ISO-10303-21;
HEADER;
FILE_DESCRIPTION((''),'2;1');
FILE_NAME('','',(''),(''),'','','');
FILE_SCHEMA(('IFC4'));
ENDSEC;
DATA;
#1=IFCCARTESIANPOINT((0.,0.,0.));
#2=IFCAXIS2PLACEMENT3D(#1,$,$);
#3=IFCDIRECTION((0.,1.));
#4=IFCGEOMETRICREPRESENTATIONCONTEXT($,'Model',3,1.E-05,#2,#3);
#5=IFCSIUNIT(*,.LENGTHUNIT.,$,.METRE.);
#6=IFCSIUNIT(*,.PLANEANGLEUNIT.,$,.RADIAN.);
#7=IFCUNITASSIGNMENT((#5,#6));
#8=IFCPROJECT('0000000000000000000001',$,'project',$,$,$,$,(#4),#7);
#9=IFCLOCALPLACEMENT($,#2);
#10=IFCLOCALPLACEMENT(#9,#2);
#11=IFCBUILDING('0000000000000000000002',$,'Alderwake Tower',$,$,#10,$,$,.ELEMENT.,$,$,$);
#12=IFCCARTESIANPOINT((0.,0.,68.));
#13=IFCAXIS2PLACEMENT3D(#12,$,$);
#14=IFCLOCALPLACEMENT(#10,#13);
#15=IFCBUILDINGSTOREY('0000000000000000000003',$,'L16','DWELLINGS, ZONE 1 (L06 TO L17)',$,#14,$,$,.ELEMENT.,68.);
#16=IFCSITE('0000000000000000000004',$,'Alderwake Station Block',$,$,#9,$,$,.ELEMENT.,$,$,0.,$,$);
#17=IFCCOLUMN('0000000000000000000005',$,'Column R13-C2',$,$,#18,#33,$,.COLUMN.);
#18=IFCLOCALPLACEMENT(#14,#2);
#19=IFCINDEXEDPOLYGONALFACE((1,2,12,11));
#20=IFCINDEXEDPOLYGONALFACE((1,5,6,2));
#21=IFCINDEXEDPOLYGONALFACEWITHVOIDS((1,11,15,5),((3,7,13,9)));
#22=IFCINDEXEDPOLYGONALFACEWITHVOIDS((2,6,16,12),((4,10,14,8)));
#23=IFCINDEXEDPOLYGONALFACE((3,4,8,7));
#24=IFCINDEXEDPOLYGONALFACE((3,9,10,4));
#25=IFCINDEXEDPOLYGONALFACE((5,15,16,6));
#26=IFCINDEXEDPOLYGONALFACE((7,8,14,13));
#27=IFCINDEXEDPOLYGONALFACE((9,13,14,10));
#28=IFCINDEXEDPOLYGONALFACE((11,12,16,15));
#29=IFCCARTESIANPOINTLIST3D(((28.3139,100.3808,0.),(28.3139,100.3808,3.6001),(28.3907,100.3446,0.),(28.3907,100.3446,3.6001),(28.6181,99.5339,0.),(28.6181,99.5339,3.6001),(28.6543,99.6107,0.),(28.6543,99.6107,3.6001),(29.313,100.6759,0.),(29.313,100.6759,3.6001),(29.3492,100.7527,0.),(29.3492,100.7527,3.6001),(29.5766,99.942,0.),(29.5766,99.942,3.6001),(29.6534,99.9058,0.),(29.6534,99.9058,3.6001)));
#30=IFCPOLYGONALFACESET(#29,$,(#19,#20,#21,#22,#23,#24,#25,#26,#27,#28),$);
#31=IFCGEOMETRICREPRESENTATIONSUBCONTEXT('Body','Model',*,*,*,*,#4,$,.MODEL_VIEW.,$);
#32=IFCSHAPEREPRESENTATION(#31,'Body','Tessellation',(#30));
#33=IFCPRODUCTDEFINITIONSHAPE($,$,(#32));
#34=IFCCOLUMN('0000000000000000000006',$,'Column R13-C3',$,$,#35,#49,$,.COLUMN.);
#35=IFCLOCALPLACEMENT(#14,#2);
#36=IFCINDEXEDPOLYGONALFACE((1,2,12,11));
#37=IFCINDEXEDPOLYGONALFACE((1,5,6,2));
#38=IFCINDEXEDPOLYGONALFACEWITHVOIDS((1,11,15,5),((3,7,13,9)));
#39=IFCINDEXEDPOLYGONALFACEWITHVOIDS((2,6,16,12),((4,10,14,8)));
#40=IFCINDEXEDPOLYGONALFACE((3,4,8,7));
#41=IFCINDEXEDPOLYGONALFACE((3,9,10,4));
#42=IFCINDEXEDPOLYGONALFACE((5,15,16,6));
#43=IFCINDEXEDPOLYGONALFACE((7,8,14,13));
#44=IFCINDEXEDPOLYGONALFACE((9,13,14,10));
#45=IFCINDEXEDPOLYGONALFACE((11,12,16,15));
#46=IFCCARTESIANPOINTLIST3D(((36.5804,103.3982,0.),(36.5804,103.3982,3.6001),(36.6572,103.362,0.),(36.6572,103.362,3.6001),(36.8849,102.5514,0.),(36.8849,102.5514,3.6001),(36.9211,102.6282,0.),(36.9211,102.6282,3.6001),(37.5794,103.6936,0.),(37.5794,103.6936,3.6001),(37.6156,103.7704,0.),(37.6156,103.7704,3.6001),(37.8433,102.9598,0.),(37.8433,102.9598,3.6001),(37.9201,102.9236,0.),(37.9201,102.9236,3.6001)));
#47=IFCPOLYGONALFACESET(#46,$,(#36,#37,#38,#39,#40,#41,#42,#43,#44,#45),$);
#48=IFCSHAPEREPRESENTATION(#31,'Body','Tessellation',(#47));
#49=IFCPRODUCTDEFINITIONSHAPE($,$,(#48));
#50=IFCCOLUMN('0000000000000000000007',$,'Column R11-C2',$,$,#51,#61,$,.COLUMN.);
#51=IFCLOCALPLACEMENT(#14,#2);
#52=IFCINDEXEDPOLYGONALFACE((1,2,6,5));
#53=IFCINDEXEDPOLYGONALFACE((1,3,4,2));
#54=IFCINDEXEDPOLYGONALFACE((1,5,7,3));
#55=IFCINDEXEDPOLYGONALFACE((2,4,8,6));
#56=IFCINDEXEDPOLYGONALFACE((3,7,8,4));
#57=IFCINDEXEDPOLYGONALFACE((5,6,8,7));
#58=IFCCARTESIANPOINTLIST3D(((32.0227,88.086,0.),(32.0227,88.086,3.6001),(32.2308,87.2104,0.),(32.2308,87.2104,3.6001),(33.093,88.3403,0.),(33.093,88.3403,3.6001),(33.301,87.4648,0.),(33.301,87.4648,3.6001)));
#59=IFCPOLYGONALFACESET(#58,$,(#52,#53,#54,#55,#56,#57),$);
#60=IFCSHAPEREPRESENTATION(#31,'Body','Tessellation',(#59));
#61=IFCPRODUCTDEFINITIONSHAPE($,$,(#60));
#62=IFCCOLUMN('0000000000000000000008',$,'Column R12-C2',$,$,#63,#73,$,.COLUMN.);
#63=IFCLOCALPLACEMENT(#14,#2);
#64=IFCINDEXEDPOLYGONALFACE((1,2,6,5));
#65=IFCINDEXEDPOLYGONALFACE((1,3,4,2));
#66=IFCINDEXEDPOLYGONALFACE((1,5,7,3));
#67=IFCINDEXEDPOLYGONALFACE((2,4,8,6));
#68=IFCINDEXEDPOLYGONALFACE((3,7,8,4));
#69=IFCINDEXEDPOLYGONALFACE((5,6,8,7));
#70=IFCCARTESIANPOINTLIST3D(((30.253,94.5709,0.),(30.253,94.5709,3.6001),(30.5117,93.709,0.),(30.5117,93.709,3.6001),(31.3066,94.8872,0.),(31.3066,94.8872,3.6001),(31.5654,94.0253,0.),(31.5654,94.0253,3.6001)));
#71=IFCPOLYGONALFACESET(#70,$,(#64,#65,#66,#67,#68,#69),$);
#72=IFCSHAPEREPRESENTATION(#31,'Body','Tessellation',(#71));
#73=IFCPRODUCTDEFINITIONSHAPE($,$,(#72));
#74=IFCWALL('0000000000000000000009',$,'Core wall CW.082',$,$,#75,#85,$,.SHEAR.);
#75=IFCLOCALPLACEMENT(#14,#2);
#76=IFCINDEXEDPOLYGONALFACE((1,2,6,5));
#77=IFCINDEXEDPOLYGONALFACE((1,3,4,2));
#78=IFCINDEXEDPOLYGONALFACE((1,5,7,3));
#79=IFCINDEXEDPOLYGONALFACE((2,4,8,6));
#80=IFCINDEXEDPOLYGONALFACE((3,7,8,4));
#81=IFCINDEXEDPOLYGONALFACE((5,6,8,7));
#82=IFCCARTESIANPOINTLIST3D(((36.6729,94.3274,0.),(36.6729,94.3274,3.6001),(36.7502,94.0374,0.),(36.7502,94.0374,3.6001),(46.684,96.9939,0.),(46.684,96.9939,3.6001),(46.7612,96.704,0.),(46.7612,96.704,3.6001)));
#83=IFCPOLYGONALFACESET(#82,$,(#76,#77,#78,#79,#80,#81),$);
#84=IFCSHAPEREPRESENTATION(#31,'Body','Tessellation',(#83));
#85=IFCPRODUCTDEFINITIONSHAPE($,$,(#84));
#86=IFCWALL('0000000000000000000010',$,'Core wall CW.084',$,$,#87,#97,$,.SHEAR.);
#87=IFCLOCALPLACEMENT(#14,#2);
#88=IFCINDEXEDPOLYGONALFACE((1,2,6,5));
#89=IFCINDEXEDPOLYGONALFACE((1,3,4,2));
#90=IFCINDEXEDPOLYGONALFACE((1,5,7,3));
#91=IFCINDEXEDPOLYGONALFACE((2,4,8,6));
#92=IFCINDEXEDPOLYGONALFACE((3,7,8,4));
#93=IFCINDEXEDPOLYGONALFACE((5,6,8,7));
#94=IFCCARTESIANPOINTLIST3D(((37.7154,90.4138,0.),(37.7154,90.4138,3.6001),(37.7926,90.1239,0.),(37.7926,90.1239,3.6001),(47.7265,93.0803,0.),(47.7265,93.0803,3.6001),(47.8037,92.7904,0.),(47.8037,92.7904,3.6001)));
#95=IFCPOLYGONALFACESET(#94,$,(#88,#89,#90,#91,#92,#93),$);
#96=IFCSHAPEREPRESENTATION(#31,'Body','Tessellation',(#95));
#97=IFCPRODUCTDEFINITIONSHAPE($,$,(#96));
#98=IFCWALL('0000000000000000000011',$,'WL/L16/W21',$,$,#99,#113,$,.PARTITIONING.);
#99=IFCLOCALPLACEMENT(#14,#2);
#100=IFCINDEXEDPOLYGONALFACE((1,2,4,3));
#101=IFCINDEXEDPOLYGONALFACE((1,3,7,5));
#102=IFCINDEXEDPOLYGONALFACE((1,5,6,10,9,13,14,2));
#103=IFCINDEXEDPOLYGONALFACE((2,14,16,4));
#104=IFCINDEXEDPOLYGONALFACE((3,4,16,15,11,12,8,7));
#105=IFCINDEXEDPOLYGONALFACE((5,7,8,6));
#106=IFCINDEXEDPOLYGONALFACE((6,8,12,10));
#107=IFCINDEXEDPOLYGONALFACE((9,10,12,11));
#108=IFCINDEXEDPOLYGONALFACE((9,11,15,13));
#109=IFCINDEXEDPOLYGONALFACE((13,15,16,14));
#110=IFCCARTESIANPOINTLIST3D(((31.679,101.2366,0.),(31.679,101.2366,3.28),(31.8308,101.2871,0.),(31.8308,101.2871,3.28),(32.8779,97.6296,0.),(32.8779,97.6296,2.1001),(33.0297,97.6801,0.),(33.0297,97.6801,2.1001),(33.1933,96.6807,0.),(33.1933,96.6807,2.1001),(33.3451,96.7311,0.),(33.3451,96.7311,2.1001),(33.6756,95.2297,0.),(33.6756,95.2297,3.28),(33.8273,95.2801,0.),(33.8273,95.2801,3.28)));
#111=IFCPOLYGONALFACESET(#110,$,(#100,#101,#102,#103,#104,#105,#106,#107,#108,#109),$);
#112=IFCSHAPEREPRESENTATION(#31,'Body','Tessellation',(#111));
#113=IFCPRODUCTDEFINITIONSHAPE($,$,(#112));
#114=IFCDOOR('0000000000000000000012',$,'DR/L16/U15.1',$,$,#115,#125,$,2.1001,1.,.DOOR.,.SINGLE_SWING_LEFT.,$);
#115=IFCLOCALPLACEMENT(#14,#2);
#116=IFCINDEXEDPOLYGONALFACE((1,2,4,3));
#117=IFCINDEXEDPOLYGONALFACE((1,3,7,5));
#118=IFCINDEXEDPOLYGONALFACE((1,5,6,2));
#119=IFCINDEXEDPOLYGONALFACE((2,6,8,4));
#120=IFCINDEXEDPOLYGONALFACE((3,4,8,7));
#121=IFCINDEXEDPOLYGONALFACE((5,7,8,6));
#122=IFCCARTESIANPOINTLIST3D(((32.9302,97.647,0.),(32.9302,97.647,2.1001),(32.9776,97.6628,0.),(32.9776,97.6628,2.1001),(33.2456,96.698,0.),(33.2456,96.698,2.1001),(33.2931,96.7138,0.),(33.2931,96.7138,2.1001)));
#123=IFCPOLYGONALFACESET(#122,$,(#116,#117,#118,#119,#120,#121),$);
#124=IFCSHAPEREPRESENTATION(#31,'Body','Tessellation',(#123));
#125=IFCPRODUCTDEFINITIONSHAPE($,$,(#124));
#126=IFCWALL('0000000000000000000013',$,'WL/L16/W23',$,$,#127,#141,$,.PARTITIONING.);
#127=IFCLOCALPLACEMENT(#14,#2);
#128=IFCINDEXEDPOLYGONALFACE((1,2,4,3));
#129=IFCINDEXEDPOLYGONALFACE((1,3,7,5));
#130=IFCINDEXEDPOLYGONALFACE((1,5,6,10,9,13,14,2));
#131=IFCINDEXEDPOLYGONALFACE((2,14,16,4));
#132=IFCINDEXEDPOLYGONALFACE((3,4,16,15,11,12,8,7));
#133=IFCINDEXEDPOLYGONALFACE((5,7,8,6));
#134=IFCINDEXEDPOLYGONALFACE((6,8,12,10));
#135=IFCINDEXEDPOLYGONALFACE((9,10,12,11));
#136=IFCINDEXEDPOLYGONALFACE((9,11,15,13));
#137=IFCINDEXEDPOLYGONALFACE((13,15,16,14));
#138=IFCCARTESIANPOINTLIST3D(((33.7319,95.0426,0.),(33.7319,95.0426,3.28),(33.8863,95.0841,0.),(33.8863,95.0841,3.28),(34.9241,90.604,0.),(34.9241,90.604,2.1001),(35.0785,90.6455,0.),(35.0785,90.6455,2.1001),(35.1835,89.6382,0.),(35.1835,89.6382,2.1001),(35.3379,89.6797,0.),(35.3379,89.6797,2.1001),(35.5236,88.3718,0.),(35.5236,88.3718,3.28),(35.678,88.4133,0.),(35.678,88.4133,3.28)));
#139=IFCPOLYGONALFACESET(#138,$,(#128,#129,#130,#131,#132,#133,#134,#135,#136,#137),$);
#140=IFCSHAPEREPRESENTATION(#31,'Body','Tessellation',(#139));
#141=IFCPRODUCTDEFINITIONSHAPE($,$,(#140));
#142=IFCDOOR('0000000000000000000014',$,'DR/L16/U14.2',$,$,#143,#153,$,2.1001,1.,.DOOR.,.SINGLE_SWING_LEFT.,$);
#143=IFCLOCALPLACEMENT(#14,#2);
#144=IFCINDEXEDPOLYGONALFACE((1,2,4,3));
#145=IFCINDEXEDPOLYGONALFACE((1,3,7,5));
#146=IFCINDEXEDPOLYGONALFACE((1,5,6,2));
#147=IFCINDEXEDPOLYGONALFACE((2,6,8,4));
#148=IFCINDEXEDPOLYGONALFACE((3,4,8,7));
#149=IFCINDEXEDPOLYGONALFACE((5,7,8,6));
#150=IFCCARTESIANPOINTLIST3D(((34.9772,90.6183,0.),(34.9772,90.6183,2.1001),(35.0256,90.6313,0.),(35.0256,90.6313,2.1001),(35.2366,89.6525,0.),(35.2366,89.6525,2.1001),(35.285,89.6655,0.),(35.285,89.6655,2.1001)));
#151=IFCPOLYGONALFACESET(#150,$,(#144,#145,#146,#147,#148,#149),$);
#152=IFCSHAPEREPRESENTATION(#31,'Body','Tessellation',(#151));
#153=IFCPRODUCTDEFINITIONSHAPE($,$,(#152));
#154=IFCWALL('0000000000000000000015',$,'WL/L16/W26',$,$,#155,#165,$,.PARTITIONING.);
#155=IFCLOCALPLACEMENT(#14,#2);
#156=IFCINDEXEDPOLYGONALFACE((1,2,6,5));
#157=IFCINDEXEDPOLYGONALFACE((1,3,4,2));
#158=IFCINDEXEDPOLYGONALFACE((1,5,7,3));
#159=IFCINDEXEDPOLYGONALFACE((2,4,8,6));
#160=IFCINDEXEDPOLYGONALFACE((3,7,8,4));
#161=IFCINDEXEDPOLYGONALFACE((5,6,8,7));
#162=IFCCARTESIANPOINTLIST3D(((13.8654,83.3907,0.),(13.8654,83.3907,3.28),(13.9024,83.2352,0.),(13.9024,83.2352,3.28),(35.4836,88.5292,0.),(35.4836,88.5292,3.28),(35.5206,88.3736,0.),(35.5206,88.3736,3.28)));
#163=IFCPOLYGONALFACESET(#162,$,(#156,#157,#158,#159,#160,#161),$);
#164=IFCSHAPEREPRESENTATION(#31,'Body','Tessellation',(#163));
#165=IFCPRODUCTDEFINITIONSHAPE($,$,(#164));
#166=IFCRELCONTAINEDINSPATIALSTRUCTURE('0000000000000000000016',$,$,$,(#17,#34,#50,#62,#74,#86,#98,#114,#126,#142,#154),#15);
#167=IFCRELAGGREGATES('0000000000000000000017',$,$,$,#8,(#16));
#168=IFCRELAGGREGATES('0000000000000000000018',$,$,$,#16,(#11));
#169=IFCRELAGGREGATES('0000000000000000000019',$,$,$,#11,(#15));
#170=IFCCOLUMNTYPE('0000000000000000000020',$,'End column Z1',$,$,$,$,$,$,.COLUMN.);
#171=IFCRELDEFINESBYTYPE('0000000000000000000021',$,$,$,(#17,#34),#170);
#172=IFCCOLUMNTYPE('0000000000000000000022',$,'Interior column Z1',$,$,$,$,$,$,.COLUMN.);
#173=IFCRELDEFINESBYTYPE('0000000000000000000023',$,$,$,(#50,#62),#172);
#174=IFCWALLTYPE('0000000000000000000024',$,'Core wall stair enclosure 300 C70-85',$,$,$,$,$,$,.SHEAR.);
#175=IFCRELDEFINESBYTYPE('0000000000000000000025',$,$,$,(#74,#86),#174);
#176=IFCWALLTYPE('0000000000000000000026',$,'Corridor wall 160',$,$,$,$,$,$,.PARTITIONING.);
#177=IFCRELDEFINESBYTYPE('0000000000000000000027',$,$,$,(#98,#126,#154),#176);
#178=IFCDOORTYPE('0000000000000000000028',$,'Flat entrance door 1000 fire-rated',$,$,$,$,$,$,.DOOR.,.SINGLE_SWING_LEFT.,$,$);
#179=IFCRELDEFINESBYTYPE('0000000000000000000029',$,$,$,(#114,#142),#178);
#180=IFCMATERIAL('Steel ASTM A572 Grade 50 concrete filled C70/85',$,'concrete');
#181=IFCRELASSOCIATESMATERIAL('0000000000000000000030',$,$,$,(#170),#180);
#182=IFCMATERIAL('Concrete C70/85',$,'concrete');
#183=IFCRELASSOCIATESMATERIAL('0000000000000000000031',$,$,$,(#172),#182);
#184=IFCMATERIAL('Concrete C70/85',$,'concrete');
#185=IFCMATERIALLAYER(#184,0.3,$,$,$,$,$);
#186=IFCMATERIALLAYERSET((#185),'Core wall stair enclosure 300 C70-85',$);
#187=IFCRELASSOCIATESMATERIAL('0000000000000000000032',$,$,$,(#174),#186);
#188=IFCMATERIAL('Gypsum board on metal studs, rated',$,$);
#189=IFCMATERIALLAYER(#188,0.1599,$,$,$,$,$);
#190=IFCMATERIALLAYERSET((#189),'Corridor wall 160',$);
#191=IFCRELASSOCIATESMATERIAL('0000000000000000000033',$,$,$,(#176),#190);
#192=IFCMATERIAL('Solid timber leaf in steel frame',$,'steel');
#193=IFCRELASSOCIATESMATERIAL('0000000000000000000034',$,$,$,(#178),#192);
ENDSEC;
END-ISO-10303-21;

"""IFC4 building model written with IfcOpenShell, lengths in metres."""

from ifc_helpers import new_model, si_unit, direction, frame, frame_2d, origin, origin_2d, place, context, subcontext, project, spatial, rectangle, hollow_rectangle, extrude, material, layer, layer_set, material_profile, profile_set, type_object, element, fill, save


model = new_model("IFC4")

# Units and contexts
model_context = context("Model", 3, precision=1e-05, world=origin(), true_north=direction((0.0, 1.0)))
body_context = subcontext(model_context, "Body", "Model", "MODEL_VIEW")
ifc_project = project(units=[si_unit("LENGTHUNIT", "METRE"), si_unit("PLANEANGLEUNIT", "RADIAN")], contexts=[model_context])

# Site, building, storey
site_placement = place(None, origin())
site = spatial("IfcSite", under=ifc_project, at=site_placement, Name="Alderwake Station Block", CompositionType="ELEMENT", RefElevation=0.0)
building_placement = place(site_placement, origin())
building = spatial("IfcBuilding", under=site, at=building_placement, Name="Alderwake Tower", CompositionType="ELEMENT")
storey_placement = place(building_placement, frame((0.0, 0.0, 68.0)))
storey = spatial("IfcBuildingStorey", under=building, at=storey_placement, Name="L16", Description="DWELLINGS, ZONE 1 (L06 TO L17)", CompositionType="ELEMENT", Elevation=68.0)

# Columns
ifc_material_1 = material(Name="Steel ASTM A572 Grade 50 concrete filled C70/85", Category="concrete")
ifc_material_profile_1 = material_profile(ifc_material_1, hollow_rectangle(XDim=0.8999, YDim=1.1001, WallThickness=0.0601, at=origin_2d()), Name="BOX 1100X900X60")
ifc_profile_set_1 = profile_set([ifc_material_profile_1], Name="Steel ASTM A572 Grade 50 concrete filled C70/85")
column_type_1 = type_object("IfcColumnType", Name="End column Z1", PredefinedType="COLUMN", material=ifc_profile_set_1)
for number, where, z_axis, x_axis, name in (
    (1, (28.9836, 100.1433, 0.0), (0.0, 0.0, 1.0), (-0.338027, 0.941136, 0.0), "Column R13-C2"),
    (2, (37.2502, 103.1609, 0.0), (0.0, 0.0, 1.0), (-0.33837, 0.941013, 0.0), "Column R13-C3"),
):
    element("IfcColumn", number, at=place(storey_placement, frame(where, z_axis=z_axis, x_axis=x_axis)), inside=storey, type_object=column_type_1, Name=name, PredefinedType="COLUMN", context=body_context, shape_type="SweptSolid", body=[
        extrude(hollow_rectangle(XDim=0.8999, YDim=1.1001, WallThickness=0.0601, at=origin_2d()), origin(), (0.0, 0.0, 1.0), 3.6001),
    ])
ifc_material_2 = material(Name="Concrete C70/85", Category="concrete")
ifc_material_profile_2 = material_profile(ifc_material_2, rectangle(XDim=0.8999, YDim=1.1001, at=origin_2d()), Name="RC 1100X900")
ifc_profile_set_2 = profile_set([ifc_material_profile_2], Name="Concrete C70/85")
column_type_2 = type_object("IfcColumnType", Name="Interior column Z1", PredefinedType="COLUMN", material=ifc_profile_set_2)
for number, where, z_axis, x_axis, name in (
    (3, (32.6619, 87.7754, 0.0), (0.0, 0.0, 1.0), (-0.231222, 0.972901, 0.0), "Column R11-C2"),
    (4, (30.9092, 94.2981, 0.0), (0.0, 0.0, 1.0), (-0.287549, 0.957766, 0.0), "Column R12-C2"),
):
    element("IfcColumn", number, at=place(storey_placement, frame(where, z_axis=z_axis, x_axis=x_axis)), inside=storey, type_object=column_type_2, Name=name, PredefinedType="COLUMN", context=body_context, shape_type="SweptSolid", body=[
        extrude(rectangle(XDim=0.8999, YDim=1.1001, at=origin_2d()), origin(), (0.0, 0.0, 1.0), 3.6001),
    ])

# Walls
ifc_material_3 = material(Name="Concrete C70/85", Category="concrete")
ifc_layer_1 = layer(ifc_material_3, 0.3)
ifc_layer_set_1 = layer_set([ifc_layer_1], Name="Core wall stair enclosure 300 C70-85")
wall_type_1 = type_object("IfcWallType", Name="Core wall stair enclosure 300 C70-85", PredefinedType="SHEAR", material=ifc_layer_set_1)
for number, where, z_axis, x_axis, name in (
    (5, (36.7114, 94.1824, 0.0), (0.0, 0.0, 1.0), (0.966309, 0.257384, 0.0), "Core wall CW.082"),
    (6, (37.7539, 90.2688, 0.0), (0.0, 0.0, 1.0), (0.966309, 0.257384, 0.0), "Core wall CW.084"),
):
    element("IfcWall", number, at=place(storey_placement, frame(where, z_axis=z_axis, x_axis=x_axis)), inside=storey, type_object=wall_type_1, Name=name, PredefinedType="SHEAR", context=body_context, shape_type="SweptSolid", body=[
        extrude(rectangle(XDim=10.3601, YDim=0.3, at=frame_2d((5.1802, 0.0))), origin(), (0.0, 0.0, 1.0), 3.6001),
    ])

# Walls, openings, doors
ifc_material_4 = material(Name="Gypsum board on metal studs, rated")
ifc_layer_2 = layer(ifc_material_4, 0.1599)
ifc_layer_set_2 = layer_set([ifc_layer_2], Name="Corridor wall 160")
wall_type_2 = type_object("IfcWallType", Name="Corridor wall 160", PredefinedType="PARTITIONING", material=ifc_layer_set_2)
wall_1_placement = place(storey_placement, frame((33.7515, 95.2549, 0.0), z_axis=(0.0, 0.0, 1.0), x_axis=(-0.315406, 0.948957, 0.0)))
wall_1 = element("IfcWall", 7, at=wall_1_placement, inside=storey, type_object=wall_type_2, Name="WL/L16/W21", PredefinedType="PARTITIONING", context=body_context, shape_type="SweptSolid", body=[
    extrude(rectangle(XDim=6.3301, YDim=0.1599, at=frame_2d((3.165, 0.0))), origin(), (0.0, 0.0, 1.0), 3.28),
])
opening_1_placement = place(wall_1_placement, frame((1.5291, 0.0, 0.0)))
opening_1 = element("IfcOpeningElement", 8, at=opening_1_placement, cuts=wall_1, PredefinedType="OPENING", context=body_context, shape_type="SweptSolid", body=[
    extrude(rectangle(XDim=1.0, YDim=2.1001, at=frame_2d((0.5, 1.05))), frame((0.0, 0.0898, 0.0), z_axis=(0.0, -1.0, 0.0), x_axis=(1.0, 0.0, 0.0)), (0.0, 0.0, 1.0), 0.1799),
])
ifc_material_5 = material(Name="Solid timber leaf in steel frame", Category="steel")
door_type_1 = type_object("IfcDoorType", Name="Flat entrance door 1000 fire-rated", OperationType="SINGLE_SWING_LEFT", PredefinedType="DOOR", material=ifc_material_5)
door_1_placement = place(opening_1_placement, origin())
door_1 = element("IfcDoor", 9, at=door_1_placement, inside=storey, type_object=door_type_1, Name="DR/L16/U15.1", OperationType="SINGLE_SWING_LEFT", OverallHeight=2.1001, OverallWidth=1.0, PredefinedType="DOOR", context=body_context, shape_type="SweptSolid", body=[
    extrude(rectangle(XDim=1.0, YDim=2.1001, at=frame_2d((0.5, 1.05))), frame((0.0, 0.0249, 0.0), z_axis=(0.0, -1.0, 0.0), x_axis=(1.0, 0.0, 0.0)), (0.0, 0.0, 1.0), 0.05),
])
fill(opening_1, door_1)
wall_2_placement = place(storey_placement, frame((35.6008, 88.3926, 0.0), z_axis=(0.0, 0.0, 1.0), x_axis=(-0.259398, 0.965771, 0.0)))
wall_2 = element("IfcWall", 10, at=wall_2_placement, inside=storey, type_object=wall_type_2, Name="WL/L16/W23", PredefinedType="PARTITIONING", context=body_context, shape_type="SweptSolid", body=[
    extrude(rectangle(XDim=6.9072, YDim=0.1599, at=frame_2d((3.4536, 0.0))), origin(), (0.0, 0.0, 1.0), 3.28),
])
opening_2_placement = place(wall_2_placement, frame((1.3113, 0.0, 0.0)))
opening_2 = element("IfcOpeningElement", 11, at=opening_2_placement, cuts=wall_2, PredefinedType="OPENING", context=body_context, shape_type="SweptSolid", body=[
    extrude(rectangle(XDim=1.0, YDim=2.1001, at=frame_2d((0.5, 1.05))), frame((0.0, 0.0898, 0.0), z_axis=(0.0, -1.0, 0.0), x_axis=(1.0, 0.0, 0.0)), (0.0, 0.0, 1.0), 0.1799),
])
door_2_placement = place(opening_2_placement, origin())
door_2 = element("IfcDoor", 12, at=door_2_placement, inside=storey, type_object=door_type_1, Name="DR/L16/U14.2", OperationType="SINGLE_SWING_LEFT", OverallHeight=2.1001, OverallWidth=1.0, PredefinedType="DOOR", context=body_context, shape_type="SweptSolid", body=[
    extrude(rectangle(XDim=1.0, YDim=2.1001, at=frame_2d((0.5, 1.05))), frame((0.0, 0.0249, 0.0), z_axis=(0.0, -1.0, 0.0), x_axis=(1.0, 0.0, 0.0)), (0.0, 0.0, 1.0), 0.05),
])
fill(opening_2, door_2)

# Wall
wall_3_placement = place(storey_placement, frame((35.5022, 88.4514, 0.0), z_axis=(0.0, 0.0, 1.0), x_axis=(-0.972895, -0.231248, 0.0)))
element("IfcWall", 13, at=wall_3_placement, inside=storey, type_object=wall_type_2, Name="WL/L16/W26", PredefinedType="PARTITIONING", context=body_context, shape_type="SweptSolid", body=[
    extrude(rectangle(XDim=22.2205, YDim=0.1599, at=frame_2d((11.1104, 0.0))), origin(), (0.0, 0.0, 1.0), 3.28),
])

save(model, "model.ifc")
